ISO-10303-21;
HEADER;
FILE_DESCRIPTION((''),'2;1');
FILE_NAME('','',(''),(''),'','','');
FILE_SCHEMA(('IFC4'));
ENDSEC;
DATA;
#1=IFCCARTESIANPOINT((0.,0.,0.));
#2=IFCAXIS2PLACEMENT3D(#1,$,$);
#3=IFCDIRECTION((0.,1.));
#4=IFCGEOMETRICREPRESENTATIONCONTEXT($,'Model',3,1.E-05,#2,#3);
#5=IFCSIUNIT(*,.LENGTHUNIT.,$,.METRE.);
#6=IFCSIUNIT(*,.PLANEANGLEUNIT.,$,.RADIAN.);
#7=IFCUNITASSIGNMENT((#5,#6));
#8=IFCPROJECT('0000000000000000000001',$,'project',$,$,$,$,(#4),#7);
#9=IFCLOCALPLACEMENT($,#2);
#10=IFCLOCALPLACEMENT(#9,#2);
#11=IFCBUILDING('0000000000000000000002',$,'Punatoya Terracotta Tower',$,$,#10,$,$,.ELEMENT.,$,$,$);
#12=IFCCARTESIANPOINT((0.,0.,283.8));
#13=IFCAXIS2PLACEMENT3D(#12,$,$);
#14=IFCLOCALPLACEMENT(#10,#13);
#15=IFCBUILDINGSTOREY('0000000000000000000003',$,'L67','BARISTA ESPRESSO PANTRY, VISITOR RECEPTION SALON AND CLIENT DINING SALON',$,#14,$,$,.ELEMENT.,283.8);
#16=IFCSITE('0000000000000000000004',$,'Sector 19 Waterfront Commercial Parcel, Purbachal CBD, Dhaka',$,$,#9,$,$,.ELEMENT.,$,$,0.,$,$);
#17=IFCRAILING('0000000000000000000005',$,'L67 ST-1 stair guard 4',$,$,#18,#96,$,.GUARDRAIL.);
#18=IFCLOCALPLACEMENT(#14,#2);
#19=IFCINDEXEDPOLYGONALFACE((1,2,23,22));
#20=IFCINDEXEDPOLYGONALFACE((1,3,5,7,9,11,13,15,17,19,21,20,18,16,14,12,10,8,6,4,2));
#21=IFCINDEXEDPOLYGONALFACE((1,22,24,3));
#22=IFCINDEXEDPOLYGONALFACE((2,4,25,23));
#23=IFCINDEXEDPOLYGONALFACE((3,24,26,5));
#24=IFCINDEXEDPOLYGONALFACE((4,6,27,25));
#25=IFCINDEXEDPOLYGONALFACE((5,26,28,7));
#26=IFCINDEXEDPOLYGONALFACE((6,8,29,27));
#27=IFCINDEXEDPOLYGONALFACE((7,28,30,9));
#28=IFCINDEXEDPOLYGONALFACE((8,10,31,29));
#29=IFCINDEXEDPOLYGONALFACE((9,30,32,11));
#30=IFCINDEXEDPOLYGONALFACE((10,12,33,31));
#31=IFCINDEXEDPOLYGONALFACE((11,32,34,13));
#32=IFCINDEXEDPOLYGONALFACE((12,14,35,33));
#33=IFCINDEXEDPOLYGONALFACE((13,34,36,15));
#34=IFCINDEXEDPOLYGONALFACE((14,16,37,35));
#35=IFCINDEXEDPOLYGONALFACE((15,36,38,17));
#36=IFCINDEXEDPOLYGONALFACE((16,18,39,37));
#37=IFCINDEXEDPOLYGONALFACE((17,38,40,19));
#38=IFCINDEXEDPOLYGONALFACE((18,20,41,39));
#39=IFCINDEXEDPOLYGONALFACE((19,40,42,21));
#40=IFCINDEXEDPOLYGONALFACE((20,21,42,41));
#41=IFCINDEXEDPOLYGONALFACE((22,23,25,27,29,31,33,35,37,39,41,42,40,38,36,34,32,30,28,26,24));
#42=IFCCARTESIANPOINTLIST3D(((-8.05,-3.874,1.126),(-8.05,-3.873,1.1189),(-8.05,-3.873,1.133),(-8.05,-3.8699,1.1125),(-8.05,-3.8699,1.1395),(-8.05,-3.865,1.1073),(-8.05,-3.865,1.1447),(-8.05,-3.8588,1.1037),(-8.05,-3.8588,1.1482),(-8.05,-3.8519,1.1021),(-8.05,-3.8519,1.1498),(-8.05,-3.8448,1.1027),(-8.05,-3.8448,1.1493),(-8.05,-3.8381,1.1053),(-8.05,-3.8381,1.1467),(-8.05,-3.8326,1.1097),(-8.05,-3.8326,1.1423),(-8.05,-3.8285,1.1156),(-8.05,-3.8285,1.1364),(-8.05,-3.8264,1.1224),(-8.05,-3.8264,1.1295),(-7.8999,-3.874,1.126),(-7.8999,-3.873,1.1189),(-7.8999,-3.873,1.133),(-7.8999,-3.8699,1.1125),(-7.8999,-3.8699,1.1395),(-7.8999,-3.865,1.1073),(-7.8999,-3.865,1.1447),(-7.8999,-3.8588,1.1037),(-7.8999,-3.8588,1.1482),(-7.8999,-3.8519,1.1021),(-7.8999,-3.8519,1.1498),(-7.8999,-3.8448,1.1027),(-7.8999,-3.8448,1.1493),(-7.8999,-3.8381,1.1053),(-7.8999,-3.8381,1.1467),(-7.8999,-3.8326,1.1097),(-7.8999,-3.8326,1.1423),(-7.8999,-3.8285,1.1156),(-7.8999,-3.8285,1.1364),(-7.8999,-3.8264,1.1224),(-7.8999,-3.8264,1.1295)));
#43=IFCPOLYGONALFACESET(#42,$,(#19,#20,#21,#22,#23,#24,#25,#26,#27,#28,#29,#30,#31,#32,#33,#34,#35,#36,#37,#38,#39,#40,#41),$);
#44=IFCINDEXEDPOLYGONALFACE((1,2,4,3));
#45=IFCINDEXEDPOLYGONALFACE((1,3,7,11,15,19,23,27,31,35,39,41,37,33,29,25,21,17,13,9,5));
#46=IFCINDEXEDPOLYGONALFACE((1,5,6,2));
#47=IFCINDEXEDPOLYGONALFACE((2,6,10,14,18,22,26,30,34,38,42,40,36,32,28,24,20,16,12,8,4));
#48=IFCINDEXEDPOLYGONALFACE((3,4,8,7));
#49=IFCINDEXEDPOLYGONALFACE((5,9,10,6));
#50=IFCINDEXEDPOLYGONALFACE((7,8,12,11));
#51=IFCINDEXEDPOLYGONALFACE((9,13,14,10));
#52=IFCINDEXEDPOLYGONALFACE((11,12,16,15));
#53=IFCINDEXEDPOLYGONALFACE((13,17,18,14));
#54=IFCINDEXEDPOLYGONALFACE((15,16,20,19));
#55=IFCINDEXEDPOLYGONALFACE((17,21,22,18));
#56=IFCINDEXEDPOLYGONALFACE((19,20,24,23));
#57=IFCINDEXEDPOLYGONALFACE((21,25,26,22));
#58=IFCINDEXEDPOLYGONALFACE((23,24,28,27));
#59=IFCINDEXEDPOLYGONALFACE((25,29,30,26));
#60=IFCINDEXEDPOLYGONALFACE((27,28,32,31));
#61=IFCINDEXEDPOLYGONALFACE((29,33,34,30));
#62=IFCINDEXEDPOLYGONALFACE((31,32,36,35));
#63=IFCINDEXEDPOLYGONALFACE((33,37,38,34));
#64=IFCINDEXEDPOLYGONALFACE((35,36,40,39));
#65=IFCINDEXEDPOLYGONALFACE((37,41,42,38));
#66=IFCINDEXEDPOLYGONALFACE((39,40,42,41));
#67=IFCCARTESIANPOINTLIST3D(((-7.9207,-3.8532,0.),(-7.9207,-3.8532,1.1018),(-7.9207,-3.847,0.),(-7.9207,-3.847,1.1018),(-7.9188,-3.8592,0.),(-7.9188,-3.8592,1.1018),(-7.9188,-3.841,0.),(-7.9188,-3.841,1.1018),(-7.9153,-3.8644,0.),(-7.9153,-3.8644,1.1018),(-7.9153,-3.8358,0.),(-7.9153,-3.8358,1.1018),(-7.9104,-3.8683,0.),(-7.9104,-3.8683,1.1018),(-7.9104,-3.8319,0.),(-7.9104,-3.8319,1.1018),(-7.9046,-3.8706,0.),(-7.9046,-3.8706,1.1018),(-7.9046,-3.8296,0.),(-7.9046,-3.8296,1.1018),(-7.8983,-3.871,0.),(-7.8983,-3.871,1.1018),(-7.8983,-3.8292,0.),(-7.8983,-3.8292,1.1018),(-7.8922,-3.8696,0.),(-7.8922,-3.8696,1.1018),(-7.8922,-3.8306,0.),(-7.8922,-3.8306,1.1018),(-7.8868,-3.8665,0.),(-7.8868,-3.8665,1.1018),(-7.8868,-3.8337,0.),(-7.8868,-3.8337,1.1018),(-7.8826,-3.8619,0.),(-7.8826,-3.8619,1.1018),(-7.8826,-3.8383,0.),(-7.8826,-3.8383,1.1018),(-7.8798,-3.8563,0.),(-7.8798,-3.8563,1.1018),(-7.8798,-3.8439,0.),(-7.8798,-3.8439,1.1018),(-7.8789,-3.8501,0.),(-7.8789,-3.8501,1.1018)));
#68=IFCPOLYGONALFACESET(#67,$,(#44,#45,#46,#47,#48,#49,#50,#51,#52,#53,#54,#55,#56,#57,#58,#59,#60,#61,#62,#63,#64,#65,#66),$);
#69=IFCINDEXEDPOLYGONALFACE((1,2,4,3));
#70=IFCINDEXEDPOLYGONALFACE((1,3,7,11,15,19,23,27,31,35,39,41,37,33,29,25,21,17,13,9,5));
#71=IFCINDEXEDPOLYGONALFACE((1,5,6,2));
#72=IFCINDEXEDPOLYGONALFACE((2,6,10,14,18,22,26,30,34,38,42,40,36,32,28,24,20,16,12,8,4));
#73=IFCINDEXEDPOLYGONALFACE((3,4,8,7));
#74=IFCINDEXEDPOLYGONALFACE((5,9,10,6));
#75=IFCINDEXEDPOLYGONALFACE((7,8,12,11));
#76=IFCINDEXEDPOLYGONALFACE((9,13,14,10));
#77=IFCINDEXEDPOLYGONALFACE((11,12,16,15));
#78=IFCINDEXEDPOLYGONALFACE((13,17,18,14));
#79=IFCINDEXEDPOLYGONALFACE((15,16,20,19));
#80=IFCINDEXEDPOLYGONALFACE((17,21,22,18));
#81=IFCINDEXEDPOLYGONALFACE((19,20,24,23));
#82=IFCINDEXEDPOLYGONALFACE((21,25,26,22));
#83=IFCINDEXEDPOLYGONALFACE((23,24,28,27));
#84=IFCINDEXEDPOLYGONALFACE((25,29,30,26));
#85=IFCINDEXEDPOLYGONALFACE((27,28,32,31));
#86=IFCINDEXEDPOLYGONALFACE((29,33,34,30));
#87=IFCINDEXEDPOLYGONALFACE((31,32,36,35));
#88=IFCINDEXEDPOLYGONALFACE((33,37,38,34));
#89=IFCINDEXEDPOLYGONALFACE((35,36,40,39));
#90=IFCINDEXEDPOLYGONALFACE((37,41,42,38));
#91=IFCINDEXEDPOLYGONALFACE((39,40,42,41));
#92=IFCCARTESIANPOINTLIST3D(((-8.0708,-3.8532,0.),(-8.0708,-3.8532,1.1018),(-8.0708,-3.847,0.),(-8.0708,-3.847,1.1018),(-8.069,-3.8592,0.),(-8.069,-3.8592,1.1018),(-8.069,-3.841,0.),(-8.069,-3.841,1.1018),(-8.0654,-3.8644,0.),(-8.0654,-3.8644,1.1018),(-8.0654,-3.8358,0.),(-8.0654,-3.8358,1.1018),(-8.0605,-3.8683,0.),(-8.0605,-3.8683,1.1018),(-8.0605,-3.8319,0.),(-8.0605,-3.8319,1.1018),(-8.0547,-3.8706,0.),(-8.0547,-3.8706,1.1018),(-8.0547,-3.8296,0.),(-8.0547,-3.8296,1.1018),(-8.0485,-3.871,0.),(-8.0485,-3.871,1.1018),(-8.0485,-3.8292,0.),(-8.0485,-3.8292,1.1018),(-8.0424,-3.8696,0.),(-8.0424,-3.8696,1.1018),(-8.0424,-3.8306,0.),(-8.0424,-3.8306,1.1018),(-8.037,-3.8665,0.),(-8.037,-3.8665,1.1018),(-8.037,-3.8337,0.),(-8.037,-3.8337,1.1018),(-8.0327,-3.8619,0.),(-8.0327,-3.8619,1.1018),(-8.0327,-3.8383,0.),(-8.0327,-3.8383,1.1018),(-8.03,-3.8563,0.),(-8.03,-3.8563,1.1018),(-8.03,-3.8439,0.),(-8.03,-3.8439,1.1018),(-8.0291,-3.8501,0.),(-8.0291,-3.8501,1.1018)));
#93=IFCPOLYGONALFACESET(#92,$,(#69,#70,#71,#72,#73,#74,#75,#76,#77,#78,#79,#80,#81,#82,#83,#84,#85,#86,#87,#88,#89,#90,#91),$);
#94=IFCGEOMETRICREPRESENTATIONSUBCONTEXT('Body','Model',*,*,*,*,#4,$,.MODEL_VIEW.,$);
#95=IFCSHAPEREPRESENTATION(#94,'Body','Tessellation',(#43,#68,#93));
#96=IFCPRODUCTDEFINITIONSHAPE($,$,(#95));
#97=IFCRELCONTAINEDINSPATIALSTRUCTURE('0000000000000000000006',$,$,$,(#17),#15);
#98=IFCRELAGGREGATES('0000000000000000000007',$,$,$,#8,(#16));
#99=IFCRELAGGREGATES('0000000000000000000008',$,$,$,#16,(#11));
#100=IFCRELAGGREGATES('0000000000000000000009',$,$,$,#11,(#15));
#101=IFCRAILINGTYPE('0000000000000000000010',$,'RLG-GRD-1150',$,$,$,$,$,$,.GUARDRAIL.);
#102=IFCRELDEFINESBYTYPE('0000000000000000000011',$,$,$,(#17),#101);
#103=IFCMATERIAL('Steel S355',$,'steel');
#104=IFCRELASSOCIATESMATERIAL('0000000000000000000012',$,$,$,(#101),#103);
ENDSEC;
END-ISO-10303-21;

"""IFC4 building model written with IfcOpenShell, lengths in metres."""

from ifc_helpers import new_model, si_unit, direction, frame, origin, origin_2d, place, context, subcontext, project, spatial, circle, extrude, material, type_object, element, save


model = new_model("IFC4")

# Units and contexts
model_context = context("Model", 3, precision=1e-05, world=origin(), true_north=direction((0.0, 1.0)))
body_context = subcontext(model_context, "Body", "Model", "MODEL_VIEW")
ifc_project = project(units=[si_unit("LENGTHUNIT", "METRE"), si_unit("PLANEANGLEUNIT", "RADIAN")], contexts=[model_context])

# Site, building, storey
site_placement = place(None, origin())
site = spatial("IfcSite", under=ifc_project, at=site_placement, Name="Sector 19 Waterfront Commercial Parcel, Purbachal CBD, Dhaka", CompositionType="ELEMENT", RefElevation=0.0)
building_placement = place(site_placement, origin())
building = spatial("IfcBuilding", under=site, at=building_placement, Name="Punatoya Terracotta Tower", CompositionType="ELEMENT")
storey_placement = place(building_placement, frame((0.0, 0.0, 283.8)))
storey = spatial("IfcBuildingStorey", under=building, at=storey_placement, Name="L67", Description="BARISTA ESPRESSO PANTRY, VISITOR RECEPTION SALON AND CLIENT DINING SALON", CompositionType="ELEMENT", Elevation=283.8)

# Railing
ifc_material_1 = material(Name="Steel S355", Category="steel")
railing_type_1 = type_object("IfcRailingType", Name="RLG-GRD-1150", PredefinedType="GUARDRAIL", material=ifc_material_1)
railing_1_placement = place(storey_placement, frame((-7.8999, -3.8501, 0.0)))
element("IfcRailing", 1, at=railing_1_placement, inside=storey, type_object=railing_type_1, Name="L67 ST-1 stair guard 4", PredefinedType="GUARDRAIL", context=body_context, shape_type="SweptSolid", body=[
    extrude(circle(Radius=0.0239, at=origin_2d()), frame((0.0, 0.0, 1.126), z_axis=(-1.0, 0.0, 0.0), x_axis=(0.0, -1.0, 0.0)), (0.0, 0.0, 1.0), 0.1501),
    extrude(circle(Radius=0.021, at=origin_2d()), origin(), (0.0, 0.0, 1.0), 1.1018),
    extrude(circle(Radius=0.021, at=origin_2d()), frame((-0.1501, 0.0, 0.0)), (0.0, 0.0, 1.0), 1.1018),
])

save(model, "model.ifc")
